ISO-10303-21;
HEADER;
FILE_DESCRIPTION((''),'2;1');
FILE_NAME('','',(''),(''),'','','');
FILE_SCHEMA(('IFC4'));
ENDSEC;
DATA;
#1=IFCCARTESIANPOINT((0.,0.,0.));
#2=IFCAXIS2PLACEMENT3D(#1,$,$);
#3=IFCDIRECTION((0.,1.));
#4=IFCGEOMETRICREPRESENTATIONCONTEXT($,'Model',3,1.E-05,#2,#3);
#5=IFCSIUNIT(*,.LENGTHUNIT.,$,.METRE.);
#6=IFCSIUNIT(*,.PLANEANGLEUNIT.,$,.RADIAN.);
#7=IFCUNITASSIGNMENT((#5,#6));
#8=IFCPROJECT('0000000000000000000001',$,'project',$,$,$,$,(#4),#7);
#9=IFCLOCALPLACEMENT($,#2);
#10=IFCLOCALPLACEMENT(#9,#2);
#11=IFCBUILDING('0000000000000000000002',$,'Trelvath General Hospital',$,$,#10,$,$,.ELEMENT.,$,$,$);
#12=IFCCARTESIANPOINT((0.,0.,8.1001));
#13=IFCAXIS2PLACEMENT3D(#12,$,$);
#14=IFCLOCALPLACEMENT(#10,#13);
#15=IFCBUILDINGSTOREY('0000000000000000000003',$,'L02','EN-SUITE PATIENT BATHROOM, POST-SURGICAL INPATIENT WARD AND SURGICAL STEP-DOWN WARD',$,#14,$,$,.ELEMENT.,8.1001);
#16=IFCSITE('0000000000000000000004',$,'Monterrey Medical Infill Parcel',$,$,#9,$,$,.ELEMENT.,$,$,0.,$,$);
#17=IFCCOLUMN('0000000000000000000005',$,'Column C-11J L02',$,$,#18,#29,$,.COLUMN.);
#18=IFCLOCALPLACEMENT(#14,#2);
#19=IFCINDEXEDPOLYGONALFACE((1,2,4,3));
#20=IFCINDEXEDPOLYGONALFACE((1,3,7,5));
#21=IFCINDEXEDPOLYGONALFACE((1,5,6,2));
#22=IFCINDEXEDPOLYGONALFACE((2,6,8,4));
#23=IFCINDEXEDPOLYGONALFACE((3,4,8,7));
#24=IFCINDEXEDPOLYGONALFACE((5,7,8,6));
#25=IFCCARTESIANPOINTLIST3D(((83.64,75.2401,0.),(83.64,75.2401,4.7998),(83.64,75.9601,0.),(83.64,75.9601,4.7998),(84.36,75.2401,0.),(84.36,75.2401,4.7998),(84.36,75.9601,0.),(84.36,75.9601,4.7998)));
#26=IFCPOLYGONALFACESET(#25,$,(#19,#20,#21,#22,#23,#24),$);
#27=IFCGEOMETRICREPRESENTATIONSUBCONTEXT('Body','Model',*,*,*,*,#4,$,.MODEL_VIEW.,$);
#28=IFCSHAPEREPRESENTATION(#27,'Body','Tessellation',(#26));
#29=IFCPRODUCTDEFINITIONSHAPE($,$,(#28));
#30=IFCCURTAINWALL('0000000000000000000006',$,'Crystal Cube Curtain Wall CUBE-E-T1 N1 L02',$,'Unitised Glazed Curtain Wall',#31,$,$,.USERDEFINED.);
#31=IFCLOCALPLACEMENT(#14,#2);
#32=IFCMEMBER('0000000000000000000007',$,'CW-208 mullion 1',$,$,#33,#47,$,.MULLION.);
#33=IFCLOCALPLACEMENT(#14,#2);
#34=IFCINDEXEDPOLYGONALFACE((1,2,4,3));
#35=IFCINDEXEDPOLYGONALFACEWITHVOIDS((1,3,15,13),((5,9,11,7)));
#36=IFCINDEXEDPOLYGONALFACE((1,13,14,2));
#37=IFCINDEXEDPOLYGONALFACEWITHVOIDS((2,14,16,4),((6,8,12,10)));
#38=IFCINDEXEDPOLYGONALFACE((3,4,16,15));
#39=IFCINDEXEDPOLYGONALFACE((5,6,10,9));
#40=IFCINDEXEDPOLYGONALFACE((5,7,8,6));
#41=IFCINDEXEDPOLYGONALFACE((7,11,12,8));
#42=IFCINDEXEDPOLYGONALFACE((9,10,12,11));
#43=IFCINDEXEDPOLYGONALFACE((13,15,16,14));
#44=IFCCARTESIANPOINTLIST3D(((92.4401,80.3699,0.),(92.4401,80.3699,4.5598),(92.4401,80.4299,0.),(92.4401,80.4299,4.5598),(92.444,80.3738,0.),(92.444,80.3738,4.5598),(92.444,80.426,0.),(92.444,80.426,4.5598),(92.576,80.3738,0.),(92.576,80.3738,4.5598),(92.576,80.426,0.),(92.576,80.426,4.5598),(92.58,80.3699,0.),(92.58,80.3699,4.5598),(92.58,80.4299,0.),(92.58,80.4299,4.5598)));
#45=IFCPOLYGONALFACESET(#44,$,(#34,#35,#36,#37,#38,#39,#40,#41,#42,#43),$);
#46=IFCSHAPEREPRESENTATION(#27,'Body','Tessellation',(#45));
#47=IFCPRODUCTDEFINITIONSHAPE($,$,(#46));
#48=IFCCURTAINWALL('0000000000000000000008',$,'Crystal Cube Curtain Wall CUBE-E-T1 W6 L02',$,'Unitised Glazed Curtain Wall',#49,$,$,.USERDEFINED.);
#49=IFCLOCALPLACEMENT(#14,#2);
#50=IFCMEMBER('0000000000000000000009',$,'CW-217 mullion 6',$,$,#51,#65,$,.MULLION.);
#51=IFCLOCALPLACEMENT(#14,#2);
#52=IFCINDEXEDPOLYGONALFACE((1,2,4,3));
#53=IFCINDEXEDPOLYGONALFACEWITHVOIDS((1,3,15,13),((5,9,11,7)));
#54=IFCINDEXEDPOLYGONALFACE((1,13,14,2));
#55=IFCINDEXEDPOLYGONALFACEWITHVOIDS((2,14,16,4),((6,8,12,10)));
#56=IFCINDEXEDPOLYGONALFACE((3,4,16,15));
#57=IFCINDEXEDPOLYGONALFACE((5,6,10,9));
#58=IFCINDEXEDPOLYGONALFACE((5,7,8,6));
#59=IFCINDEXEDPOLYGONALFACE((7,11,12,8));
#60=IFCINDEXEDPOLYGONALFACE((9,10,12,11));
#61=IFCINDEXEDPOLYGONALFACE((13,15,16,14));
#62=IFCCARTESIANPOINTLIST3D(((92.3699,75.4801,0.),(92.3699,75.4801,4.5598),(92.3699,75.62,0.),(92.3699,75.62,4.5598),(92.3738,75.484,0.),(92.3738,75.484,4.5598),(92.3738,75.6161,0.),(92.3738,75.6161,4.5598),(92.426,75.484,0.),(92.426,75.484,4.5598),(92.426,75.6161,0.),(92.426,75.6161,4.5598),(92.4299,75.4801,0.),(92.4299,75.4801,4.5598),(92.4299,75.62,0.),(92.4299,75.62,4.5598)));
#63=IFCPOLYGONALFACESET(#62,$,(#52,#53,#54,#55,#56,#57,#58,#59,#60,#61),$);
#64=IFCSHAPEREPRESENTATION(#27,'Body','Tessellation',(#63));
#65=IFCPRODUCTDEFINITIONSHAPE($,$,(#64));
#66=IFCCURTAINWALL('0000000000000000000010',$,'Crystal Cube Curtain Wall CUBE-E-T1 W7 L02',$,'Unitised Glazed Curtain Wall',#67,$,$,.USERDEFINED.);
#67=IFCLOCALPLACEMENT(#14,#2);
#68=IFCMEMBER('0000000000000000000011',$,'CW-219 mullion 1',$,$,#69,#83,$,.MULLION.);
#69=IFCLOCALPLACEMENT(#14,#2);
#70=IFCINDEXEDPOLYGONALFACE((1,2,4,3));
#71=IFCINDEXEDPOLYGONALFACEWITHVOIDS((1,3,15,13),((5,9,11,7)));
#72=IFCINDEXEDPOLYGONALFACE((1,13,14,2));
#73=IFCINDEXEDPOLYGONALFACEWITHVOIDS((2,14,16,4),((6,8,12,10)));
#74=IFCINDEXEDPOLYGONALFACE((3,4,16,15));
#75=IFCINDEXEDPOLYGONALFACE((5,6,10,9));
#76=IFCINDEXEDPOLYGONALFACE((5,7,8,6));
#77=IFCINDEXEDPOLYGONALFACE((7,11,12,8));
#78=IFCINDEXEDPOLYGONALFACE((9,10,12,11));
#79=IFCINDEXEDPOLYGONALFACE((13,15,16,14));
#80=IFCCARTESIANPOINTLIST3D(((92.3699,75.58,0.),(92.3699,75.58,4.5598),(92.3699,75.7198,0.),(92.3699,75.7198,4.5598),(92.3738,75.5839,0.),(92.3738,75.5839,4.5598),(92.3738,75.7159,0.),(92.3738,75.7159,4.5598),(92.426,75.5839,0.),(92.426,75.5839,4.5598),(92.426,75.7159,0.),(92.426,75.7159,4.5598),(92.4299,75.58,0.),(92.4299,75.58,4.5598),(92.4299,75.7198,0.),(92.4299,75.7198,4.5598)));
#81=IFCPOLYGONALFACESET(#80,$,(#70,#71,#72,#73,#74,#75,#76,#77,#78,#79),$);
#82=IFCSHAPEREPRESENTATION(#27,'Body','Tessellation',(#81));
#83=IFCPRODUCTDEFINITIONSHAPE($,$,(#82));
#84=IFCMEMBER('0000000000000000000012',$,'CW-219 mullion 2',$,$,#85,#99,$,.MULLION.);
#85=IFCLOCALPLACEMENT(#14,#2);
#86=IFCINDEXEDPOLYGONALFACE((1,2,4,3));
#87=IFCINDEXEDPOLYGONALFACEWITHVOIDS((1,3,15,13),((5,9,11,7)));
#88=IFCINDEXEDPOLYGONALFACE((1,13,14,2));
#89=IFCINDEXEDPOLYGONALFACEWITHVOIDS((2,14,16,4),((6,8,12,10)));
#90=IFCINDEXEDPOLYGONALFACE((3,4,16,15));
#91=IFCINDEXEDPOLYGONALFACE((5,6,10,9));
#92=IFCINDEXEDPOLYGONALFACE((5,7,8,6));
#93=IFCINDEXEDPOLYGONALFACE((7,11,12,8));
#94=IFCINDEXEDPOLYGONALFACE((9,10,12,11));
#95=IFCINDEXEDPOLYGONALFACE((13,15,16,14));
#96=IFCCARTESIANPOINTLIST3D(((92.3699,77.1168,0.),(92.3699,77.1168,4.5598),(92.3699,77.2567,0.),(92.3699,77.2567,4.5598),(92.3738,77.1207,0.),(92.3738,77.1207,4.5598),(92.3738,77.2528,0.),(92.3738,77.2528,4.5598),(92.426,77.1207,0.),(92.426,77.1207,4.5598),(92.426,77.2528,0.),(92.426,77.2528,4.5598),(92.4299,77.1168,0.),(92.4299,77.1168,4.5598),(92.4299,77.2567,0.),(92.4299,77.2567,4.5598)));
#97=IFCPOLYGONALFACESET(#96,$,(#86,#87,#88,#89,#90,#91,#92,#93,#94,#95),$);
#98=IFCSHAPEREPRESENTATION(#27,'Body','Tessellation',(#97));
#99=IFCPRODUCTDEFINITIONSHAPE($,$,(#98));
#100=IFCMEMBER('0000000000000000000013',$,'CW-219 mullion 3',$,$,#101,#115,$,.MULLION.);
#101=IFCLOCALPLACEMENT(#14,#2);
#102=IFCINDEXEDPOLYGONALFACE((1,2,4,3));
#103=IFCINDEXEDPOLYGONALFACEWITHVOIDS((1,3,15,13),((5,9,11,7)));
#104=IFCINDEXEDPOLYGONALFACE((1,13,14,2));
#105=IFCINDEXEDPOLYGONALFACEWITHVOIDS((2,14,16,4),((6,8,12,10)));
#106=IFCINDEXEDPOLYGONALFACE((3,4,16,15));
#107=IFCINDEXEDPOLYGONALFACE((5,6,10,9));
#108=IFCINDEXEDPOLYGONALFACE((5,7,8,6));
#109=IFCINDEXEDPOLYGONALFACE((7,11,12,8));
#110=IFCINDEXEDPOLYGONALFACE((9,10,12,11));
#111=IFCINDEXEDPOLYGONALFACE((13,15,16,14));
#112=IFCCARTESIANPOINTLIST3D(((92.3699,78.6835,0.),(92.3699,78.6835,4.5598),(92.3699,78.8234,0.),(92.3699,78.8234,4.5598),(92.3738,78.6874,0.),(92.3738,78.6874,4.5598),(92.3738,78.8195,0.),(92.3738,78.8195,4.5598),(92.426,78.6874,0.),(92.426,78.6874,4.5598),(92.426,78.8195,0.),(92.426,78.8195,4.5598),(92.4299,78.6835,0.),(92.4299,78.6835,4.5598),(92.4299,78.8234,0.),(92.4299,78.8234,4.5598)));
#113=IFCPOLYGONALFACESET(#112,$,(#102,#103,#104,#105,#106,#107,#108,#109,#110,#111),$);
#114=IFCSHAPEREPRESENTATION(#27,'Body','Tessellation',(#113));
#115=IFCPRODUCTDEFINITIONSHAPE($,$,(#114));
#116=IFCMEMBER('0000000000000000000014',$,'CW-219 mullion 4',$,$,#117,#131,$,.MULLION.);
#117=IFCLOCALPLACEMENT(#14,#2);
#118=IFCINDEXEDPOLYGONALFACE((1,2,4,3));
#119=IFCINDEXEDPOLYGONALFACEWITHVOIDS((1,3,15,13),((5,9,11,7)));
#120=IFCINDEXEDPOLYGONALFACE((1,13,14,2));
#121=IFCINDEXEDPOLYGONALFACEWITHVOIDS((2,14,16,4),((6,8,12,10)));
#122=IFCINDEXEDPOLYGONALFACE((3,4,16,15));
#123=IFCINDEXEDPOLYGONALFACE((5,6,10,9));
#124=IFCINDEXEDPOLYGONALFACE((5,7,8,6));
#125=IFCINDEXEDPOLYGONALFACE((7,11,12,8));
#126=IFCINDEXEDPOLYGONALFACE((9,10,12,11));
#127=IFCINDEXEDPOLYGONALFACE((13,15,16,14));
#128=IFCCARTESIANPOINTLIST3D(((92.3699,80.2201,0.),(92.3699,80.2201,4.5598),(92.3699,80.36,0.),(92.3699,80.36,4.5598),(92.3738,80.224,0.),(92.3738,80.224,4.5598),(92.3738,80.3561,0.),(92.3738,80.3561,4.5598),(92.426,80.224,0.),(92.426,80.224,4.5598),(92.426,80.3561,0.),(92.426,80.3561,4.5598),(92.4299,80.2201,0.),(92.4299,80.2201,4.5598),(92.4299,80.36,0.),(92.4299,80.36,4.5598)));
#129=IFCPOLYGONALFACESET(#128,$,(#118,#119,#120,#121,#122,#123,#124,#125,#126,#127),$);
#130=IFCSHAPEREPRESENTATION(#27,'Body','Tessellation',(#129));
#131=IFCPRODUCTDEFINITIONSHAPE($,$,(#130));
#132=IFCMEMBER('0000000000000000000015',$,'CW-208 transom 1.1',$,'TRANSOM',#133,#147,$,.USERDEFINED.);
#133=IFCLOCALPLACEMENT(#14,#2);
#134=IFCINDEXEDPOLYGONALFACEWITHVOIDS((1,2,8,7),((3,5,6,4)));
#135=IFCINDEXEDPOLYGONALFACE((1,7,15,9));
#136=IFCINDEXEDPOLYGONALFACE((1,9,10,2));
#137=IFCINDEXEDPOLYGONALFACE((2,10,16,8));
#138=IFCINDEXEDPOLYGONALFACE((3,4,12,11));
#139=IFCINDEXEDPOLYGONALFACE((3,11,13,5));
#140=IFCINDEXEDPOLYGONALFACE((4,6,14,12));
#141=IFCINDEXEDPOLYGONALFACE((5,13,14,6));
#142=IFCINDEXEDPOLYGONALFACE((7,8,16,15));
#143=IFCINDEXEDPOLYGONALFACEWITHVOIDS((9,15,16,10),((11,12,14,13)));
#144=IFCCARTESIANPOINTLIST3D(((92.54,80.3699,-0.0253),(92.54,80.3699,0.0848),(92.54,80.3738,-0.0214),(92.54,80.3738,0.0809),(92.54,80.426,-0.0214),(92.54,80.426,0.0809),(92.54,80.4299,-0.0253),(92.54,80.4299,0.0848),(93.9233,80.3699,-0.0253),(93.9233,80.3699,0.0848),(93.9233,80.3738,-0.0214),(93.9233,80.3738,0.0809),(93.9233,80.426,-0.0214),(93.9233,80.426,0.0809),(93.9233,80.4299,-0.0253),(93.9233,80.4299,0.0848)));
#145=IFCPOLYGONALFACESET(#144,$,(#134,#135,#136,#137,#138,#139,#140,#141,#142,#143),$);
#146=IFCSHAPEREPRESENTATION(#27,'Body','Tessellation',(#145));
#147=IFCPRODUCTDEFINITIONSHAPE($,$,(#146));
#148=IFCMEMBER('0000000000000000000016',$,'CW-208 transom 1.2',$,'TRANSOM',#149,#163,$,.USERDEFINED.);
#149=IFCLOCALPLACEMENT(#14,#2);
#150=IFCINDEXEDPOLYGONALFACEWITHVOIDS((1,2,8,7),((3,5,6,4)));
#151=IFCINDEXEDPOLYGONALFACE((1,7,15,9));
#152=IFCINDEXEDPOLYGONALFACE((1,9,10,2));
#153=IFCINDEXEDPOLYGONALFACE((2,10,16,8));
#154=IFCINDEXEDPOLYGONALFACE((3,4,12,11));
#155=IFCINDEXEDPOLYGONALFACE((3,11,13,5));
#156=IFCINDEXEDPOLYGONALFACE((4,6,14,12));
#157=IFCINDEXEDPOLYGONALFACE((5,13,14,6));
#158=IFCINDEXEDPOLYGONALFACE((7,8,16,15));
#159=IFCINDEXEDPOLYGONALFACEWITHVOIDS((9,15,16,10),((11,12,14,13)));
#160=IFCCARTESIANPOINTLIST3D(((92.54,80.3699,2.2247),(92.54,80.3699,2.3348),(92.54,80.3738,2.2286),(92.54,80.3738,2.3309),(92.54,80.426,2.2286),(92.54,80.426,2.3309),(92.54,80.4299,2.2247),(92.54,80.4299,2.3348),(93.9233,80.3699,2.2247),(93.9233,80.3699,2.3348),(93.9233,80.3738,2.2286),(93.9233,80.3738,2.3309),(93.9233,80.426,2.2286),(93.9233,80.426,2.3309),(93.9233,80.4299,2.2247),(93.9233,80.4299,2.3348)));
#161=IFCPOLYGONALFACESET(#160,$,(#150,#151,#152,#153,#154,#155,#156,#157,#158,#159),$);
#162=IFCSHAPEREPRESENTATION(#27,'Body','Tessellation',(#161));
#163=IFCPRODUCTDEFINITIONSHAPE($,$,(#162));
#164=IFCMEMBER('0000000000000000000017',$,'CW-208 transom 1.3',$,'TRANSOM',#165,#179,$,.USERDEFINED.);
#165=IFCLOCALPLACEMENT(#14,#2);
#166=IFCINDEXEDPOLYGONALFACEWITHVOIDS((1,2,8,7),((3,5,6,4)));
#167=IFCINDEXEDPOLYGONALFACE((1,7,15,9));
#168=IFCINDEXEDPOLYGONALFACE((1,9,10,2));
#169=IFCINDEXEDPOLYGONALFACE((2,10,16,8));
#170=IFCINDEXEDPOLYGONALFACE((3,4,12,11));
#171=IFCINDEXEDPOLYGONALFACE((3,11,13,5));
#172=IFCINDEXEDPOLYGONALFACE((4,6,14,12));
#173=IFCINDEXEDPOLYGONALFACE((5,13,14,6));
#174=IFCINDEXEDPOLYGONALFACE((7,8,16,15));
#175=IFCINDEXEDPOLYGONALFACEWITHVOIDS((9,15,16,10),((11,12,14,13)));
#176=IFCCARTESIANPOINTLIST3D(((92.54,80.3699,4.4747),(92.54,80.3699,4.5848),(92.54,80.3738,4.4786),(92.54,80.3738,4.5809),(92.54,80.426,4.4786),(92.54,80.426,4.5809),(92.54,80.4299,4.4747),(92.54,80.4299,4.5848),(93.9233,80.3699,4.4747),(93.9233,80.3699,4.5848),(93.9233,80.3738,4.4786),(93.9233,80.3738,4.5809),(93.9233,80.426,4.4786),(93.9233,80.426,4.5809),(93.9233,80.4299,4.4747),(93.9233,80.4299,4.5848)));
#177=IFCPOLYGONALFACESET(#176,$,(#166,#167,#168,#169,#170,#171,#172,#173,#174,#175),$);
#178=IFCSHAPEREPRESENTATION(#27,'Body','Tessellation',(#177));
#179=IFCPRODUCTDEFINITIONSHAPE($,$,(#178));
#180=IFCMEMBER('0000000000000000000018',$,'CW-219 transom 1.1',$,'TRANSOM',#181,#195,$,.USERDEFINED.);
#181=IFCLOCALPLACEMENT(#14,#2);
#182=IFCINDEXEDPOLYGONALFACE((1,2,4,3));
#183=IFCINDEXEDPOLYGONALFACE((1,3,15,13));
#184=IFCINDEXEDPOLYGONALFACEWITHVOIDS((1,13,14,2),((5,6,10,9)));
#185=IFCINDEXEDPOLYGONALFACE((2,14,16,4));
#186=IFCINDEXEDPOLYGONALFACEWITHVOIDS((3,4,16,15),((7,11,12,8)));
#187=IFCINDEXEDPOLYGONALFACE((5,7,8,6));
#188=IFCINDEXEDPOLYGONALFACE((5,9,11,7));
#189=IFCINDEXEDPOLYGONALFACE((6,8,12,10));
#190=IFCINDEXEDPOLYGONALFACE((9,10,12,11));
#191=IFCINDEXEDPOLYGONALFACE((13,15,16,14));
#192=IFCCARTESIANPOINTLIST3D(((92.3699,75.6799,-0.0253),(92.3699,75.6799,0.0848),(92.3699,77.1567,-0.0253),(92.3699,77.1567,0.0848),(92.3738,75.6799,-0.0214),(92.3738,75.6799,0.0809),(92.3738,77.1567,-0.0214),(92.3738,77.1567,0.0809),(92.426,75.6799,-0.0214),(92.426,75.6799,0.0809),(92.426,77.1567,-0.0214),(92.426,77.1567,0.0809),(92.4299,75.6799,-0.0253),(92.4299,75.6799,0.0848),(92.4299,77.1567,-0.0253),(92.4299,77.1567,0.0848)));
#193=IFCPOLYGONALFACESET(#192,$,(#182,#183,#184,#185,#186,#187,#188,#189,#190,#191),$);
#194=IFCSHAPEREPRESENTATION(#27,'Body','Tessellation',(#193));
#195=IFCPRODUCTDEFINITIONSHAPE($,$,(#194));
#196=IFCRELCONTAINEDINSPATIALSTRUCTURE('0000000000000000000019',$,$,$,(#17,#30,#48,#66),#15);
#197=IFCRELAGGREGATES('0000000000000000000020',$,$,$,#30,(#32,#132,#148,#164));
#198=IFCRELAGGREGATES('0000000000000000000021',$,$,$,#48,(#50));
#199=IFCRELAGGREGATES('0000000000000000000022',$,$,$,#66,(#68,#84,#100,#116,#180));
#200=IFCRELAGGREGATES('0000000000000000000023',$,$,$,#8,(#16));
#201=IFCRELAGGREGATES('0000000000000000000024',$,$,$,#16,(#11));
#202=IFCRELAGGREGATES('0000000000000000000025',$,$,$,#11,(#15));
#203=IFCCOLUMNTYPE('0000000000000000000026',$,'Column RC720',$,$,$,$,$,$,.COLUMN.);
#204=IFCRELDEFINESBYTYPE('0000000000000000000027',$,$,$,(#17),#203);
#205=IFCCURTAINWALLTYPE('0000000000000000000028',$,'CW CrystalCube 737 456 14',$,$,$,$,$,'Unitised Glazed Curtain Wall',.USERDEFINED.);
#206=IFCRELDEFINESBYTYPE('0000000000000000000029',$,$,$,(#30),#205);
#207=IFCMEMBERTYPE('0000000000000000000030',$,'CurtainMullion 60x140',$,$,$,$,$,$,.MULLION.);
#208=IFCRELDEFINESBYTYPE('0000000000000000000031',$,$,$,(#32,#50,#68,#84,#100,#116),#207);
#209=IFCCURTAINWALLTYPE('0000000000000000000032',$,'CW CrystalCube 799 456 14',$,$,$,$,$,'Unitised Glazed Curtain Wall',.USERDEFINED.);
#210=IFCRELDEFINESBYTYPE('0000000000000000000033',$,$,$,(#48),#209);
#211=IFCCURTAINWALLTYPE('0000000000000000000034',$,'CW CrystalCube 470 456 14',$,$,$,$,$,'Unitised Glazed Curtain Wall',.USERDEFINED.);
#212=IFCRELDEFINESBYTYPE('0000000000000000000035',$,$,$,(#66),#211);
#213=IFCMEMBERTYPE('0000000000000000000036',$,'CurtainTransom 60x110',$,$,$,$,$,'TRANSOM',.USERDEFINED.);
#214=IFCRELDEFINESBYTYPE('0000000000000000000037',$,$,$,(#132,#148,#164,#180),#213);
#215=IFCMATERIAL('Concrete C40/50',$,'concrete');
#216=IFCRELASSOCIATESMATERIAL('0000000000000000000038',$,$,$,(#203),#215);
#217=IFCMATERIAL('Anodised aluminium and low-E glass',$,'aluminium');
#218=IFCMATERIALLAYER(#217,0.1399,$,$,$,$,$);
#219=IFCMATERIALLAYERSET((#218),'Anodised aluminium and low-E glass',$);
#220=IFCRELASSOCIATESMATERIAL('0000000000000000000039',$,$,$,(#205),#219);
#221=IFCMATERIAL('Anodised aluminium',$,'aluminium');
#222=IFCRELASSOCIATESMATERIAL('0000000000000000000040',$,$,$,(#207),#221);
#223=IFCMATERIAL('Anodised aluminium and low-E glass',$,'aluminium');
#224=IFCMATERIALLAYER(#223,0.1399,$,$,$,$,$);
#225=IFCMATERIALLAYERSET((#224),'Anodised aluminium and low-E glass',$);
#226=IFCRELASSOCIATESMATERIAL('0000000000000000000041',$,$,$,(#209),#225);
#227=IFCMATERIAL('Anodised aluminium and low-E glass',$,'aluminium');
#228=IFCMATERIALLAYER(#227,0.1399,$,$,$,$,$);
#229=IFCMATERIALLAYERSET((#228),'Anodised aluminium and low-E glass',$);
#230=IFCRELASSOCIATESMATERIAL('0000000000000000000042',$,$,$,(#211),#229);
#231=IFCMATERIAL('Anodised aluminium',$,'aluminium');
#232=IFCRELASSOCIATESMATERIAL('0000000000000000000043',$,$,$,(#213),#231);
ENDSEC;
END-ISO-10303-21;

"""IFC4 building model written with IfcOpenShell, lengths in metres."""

from ifc_helpers import new_model, si_unit, direction, frame, origin, origin_2d, place, context, subcontext, project, spatial, rectangle, hollow_rectangle, extrude, material, layer, layer_set, material_profile, profile_set, type_object, element, aggregate, save


model = new_model("IFC4")

# Units and contexts
model_context = context("Model", 3, precision=1e-05, world=origin(), true_north=direction((0.0, 1.0)))
body_context = subcontext(model_context, "Body", "Model", "MODEL_VIEW")
ifc_project = project(units=[si_unit("LENGTHUNIT", "METRE"), si_unit("PLANEANGLEUNIT", "RADIAN")], contexts=[model_context])

# Site, building, storey
site_placement = place(None, origin())
site = spatial("IfcSite", under=ifc_project, at=site_placement, Name="Monterrey Medical Infill Parcel", CompositionType="ELEMENT", RefElevation=0.0)
building_placement = place(site_placement, origin())
building = spatial("IfcBuilding", under=site, at=building_placement, Name="Trelvath General Hospital", CompositionType="ELEMENT")
storey_placement = place(building_placement, frame((0.0, 0.0, 8.1001)))
storey = spatial("IfcBuildingStorey", under=building, at=storey_placement, Name="L02", Description="EN-SUITE PATIENT BATHROOM, POST-SURGICAL INPATIENT WARD AND SURGICAL STEP-DOWN WARD", CompositionType="ELEMENT", Elevation=8.1001)

# Column
ifc_material_1 = material(Name="Concrete C40/50", Category="concrete")
ifc_material_profile_1 = material_profile(ifc_material_1, rectangle(XDim=0.72, YDim=0.72, at=origin_2d()), Name="RC720x720")
ifc_profile_set_1 = profile_set([ifc_material_profile_1], Name="Concrete C40/50")
column_type = type_object("IfcColumnType", Name="Column RC720", PredefinedType="COLUMN", material=ifc_profile_set_1)
column_placement = place(storey_placement, frame((84.0, 75.6001, 0.0), z_axis=(0.0, 0.0, 1.0), x_axis=(1.0, 0.0, 0.0)))
element("IfcColumn", 1, at=column_placement, inside=storey, type_object=column_type, Name="Column C-11J L02", PredefinedType="COLUMN", context=body_context, shape_type="SweptSolid", body=[
    extrude(rectangle(XDim=0.72, YDim=0.72, at=origin_2d()), origin(), (0.0, 0.0, 1.0), 4.7998),
])

# Curtain walls, members
ifc_material_2 = material(Name="Anodised aluminium and low-E glass", Category="aluminium")
ifc_layer_1 = layer(ifc_material_2, 0.1399)
ifc_layer_set_1 = layer_set([ifc_layer_1], Name="Anodised aluminium and low-E glass")
curtain_wall_type_1 = type_object("IfcCurtainWallType", Name="CW CrystalCube 737 456 14", ElementType="Unitised Glazed Curtain Wall", PredefinedType="USERDEFINED", material=ifc_layer_set_1)
curtain_wall_1_placement = place(storey_placement, origin())
curtain_wall_1 = element("IfcCurtainWall", 2, at=curtain_wall_1_placement, inside=storey, type_object=curtain_wall_type_1, Name="Crystal Cube Curtain Wall CUBE-E-T1 N1 L02", ObjectType="Unitised Glazed Curtain Wall", PredefinedType="USERDEFINED")
ifc_material_3 = material(Name="Anodised aluminium", Category="aluminium")
ifc_material_profile_2 = material_profile(ifc_material_3, hollow_rectangle(XDim=0.0601, YDim=0.1399, WallThickness=0.0039, at=origin_2d()), Name="RHS60x140x4")
ifc_profile_set_2 = profile_set([ifc_material_profile_2], Name="Anodised aluminium")
member_type_1 = type_object("IfcMemberType", Name="CurtainMullion 60x140", PredefinedType="MULLION", material=ifc_profile_set_2)
member_1_placement = place(storey_placement, frame((92.51, 80.3999, 0.0), z_axis=(0.0, 0.0, 1.0), x_axis=(0.0, 1.0, 0.0)))
member_1 = element("IfcMember", 3, at=member_1_placement, type_object=member_type_1, Name="CW-208 mullion 1", PredefinedType="MULLION", context=body_context, shape_type="SweptSolid", body=[
    extrude(hollow_rectangle(XDim=0.0601, YDim=0.1399, WallThickness=0.0039, at=origin_2d()), origin(), (0.0, 0.0, 1.0), 4.5598),
])
ifc_material_4 = material(Name="Anodised aluminium and low-E glass", Category="aluminium")
ifc_layer_2 = layer(ifc_material_4, 0.1399)
ifc_layer_set_2 = layer_set([ifc_layer_2], Name="Anodised aluminium and low-E glass")
curtain_wall_type_2 = type_object("IfcCurtainWallType", Name="CW CrystalCube 799 456 14", ElementType="Unitised Glazed Curtain Wall", PredefinedType="USERDEFINED", material=ifc_layer_set_2)
curtain_wall_2_placement = place(storey_placement, origin())
curtain_wall_2 = element("IfcCurtainWall", 4, at=curtain_wall_2_placement, inside=storey, type_object=curtain_wall_type_2, Name="Crystal Cube Curtain Wall CUBE-E-T1 W6 L02", ObjectType="Unitised Glazed Curtain Wall", PredefinedType="USERDEFINED")
member_2_placement = place(storey_placement, frame((92.3999, 75.55, 0.0), z_axis=(0.0, 0.0, 1.0), x_axis=(-1.0, 0.0, 0.0)))
member_2 = element("IfcMember", 5, at=member_2_placement, type_object=member_type_1, Name="CW-217 mullion 6", PredefinedType="MULLION", context=body_context, shape_type="SweptSolid", body=[
    extrude(hollow_rectangle(XDim=0.0601, YDim=0.1399, WallThickness=0.0039, at=origin_2d()), origin(), (0.0, 0.0, 1.0), 4.5598),
])

# Curtain wall, members
ifc_material_5 = material(Name="Anodised aluminium and low-E glass", Category="aluminium")
ifc_layer_3 = layer(ifc_material_5, 0.1399)
ifc_layer_set_3 = layer_set([ifc_layer_3], Name="Anodised aluminium and low-E glass")
curtain_wall_type_3 = type_object("IfcCurtainWallType", Name="CW CrystalCube 470 456 14", ElementType="Unitised Glazed Curtain Wall", PredefinedType="USERDEFINED", material=ifc_layer_set_3)
curtain_wall_3_placement = place(storey_placement, origin())
curtain_wall_3 = element("IfcCurtainWall", 6, at=curtain_wall_3_placement, inside=storey, type_object=curtain_wall_type_3, Name="Crystal Cube Curtain Wall CUBE-E-T1 W7 L02", ObjectType="Unitised Glazed Curtain Wall", PredefinedType="USERDEFINED")
member_3_placement = place(storey_placement, frame((92.3999, 75.6499, 0.0), z_axis=(0.0, 0.0, 1.0), x_axis=(-1.0, 0.0, 0.0)))
member_3 = element("IfcMember", 7, at=member_3_placement, type_object=member_type_1, Name="CW-219 mullion 1", PredefinedType="MULLION", context=body_context, shape_type="SweptSolid", body=[
    extrude(hollow_rectangle(XDim=0.0601, YDim=0.1399, WallThickness=0.0039, at=origin_2d()), origin(), (0.0, 0.0, 1.0), 4.5598),
])
member_4_placement = place(storey_placement, frame((92.3999, 77.1868, 0.0), z_axis=(0.0, 0.0, 1.0), x_axis=(-1.0, 0.0, 0.0)))
member_4 = element("IfcMember", 8, at=member_4_placement, type_object=member_type_1, Name="CW-219 mullion 2", PredefinedType="MULLION", context=body_context, shape_type="SweptSolid", body=[
    extrude(hollow_rectangle(XDim=0.0601, YDim=0.1399, WallThickness=0.0039, at=origin_2d()), origin(), (0.0, 0.0, 1.0), 4.5598),
])
member_5_placement = place(storey_placement, frame((92.3999, 78.7534, 0.0), z_axis=(0.0, 0.0, 1.0), x_axis=(-1.0, 0.0, 0.0)))
member_5 = element("IfcMember", 9, at=member_5_placement, type_object=member_type_1, Name="CW-219 mullion 3", PredefinedType="MULLION", context=body_context, shape_type="SweptSolid", body=[
    extrude(hollow_rectangle(XDim=0.0601, YDim=0.1399, WallThickness=0.0039, at=origin_2d()), origin(), (0.0, 0.0, 1.0), 4.5598),
])
member_6_placement = place(storey_placement, frame((92.3999, 80.29, 0.0), z_axis=(0.0, 0.0, 1.0), x_axis=(-1.0, 0.0, 0.0)))
member_6 = element("IfcMember", 10, at=member_6_placement, type_object=member_type_1, Name="CW-219 mullion 4", PredefinedType="MULLION", context=body_context, shape_type="SweptSolid", body=[
    extrude(hollow_rectangle(XDim=0.0601, YDim=0.1399, WallThickness=0.0039, at=origin_2d()), origin(), (0.0, 0.0, 1.0), 4.5598),
])

# Members
ifc_material_6 = material(Name="Anodised aluminium", Category="aluminium")
ifc_material_profile_3 = material_profile(ifc_material_6, hollow_rectangle(XDim=0.0601, YDim=0.1101, WallThickness=0.0039, at=origin_2d()), Name="RHS60x110x4")
ifc_profile_set_3 = profile_set([ifc_material_profile_3], Name="Anodised aluminium")
member_type_2 = type_object("IfcMemberType", Name="CurtainTransom 60x110", ElementType="TRANSOM", PredefinedType="USERDEFINED", material=ifc_profile_set_3)
member_7_placement = place(storey_placement, frame((92.54, 80.3999, 0.0298), z_axis=(1.0, 0.0, 0.0), x_axis=(0.0, 1.0, 0.0)))
member_7 = element("IfcMember", 11, at=member_7_placement, type_object=member_type_2, Name="CW-208 transom 1.1", ObjectType="TRANSOM", PredefinedType="USERDEFINED", context=body_context, shape_type="SweptSolid", body=[
    extrude(hollow_rectangle(XDim=0.0601, YDim=0.1101, WallThickness=0.0039, at=origin_2d()), origin(), (0.0, 0.0, 1.0), 1.3833),
])
member_8_placement = place(storey_placement, frame((92.54, 80.3999, 2.2798), z_axis=(1.0, 0.0, 0.0), x_axis=(0.0, 1.0, 0.0)))
member_8 = element("IfcMember", 12, at=member_8_placement, type_object=member_type_2, Name="CW-208 transom 1.2", ObjectType="TRANSOM", PredefinedType="USERDEFINED", context=body_context, shape_type="SweptSolid", body=[
    extrude(hollow_rectangle(XDim=0.0601, YDim=0.1101, WallThickness=0.0039, at=origin_2d()), origin(), (0.0, 0.0, 1.0), 1.3833),
])
member_9_placement = place(storey_placement, frame((92.54, 80.3999, 4.5298), z_axis=(1.0, 0.0, 0.0), x_axis=(0.0, 1.0, 0.0)))
member_9 = element("IfcMember", 13, at=member_9_placement, type_object=member_type_2, Name="CW-208 transom 1.3", ObjectType="TRANSOM", PredefinedType="USERDEFINED", context=body_context, shape_type="SweptSolid", body=[
    extrude(hollow_rectangle(XDim=0.0601, YDim=0.1101, WallThickness=0.0039, at=origin_2d()), origin(), (0.0, 0.0, 1.0), 1.3833),
])
member_10_placement = place(storey_placement, frame((92.3999, 75.6799, 0.0298), z_axis=(0.0, 1.0, 0.0), x_axis=(-1.0, 0.0, 0.0)))
member_10 = element("IfcMember", 14, at=member_10_placement, type_object=member_type_2, Name="CW-219 transom 1.1", ObjectType="TRANSOM", PredefinedType="USERDEFINED", context=body_context, shape_type="SweptSolid", body=[
    extrude(hollow_rectangle(XDim=0.0601, YDim=0.1101, WallThickness=0.0039, at=origin_2d()), origin(), (0.0, 0.0, 1.0), 1.4768),
])

aggregate(curtain_wall_1, [member_1, member_7, member_8, member_9])
aggregate(curtain_wall_2, [member_2])
aggregate(curtain_wall_3, [member_3, member_4, member_5, member_6, member_10])

save(model, "model.ifc")
